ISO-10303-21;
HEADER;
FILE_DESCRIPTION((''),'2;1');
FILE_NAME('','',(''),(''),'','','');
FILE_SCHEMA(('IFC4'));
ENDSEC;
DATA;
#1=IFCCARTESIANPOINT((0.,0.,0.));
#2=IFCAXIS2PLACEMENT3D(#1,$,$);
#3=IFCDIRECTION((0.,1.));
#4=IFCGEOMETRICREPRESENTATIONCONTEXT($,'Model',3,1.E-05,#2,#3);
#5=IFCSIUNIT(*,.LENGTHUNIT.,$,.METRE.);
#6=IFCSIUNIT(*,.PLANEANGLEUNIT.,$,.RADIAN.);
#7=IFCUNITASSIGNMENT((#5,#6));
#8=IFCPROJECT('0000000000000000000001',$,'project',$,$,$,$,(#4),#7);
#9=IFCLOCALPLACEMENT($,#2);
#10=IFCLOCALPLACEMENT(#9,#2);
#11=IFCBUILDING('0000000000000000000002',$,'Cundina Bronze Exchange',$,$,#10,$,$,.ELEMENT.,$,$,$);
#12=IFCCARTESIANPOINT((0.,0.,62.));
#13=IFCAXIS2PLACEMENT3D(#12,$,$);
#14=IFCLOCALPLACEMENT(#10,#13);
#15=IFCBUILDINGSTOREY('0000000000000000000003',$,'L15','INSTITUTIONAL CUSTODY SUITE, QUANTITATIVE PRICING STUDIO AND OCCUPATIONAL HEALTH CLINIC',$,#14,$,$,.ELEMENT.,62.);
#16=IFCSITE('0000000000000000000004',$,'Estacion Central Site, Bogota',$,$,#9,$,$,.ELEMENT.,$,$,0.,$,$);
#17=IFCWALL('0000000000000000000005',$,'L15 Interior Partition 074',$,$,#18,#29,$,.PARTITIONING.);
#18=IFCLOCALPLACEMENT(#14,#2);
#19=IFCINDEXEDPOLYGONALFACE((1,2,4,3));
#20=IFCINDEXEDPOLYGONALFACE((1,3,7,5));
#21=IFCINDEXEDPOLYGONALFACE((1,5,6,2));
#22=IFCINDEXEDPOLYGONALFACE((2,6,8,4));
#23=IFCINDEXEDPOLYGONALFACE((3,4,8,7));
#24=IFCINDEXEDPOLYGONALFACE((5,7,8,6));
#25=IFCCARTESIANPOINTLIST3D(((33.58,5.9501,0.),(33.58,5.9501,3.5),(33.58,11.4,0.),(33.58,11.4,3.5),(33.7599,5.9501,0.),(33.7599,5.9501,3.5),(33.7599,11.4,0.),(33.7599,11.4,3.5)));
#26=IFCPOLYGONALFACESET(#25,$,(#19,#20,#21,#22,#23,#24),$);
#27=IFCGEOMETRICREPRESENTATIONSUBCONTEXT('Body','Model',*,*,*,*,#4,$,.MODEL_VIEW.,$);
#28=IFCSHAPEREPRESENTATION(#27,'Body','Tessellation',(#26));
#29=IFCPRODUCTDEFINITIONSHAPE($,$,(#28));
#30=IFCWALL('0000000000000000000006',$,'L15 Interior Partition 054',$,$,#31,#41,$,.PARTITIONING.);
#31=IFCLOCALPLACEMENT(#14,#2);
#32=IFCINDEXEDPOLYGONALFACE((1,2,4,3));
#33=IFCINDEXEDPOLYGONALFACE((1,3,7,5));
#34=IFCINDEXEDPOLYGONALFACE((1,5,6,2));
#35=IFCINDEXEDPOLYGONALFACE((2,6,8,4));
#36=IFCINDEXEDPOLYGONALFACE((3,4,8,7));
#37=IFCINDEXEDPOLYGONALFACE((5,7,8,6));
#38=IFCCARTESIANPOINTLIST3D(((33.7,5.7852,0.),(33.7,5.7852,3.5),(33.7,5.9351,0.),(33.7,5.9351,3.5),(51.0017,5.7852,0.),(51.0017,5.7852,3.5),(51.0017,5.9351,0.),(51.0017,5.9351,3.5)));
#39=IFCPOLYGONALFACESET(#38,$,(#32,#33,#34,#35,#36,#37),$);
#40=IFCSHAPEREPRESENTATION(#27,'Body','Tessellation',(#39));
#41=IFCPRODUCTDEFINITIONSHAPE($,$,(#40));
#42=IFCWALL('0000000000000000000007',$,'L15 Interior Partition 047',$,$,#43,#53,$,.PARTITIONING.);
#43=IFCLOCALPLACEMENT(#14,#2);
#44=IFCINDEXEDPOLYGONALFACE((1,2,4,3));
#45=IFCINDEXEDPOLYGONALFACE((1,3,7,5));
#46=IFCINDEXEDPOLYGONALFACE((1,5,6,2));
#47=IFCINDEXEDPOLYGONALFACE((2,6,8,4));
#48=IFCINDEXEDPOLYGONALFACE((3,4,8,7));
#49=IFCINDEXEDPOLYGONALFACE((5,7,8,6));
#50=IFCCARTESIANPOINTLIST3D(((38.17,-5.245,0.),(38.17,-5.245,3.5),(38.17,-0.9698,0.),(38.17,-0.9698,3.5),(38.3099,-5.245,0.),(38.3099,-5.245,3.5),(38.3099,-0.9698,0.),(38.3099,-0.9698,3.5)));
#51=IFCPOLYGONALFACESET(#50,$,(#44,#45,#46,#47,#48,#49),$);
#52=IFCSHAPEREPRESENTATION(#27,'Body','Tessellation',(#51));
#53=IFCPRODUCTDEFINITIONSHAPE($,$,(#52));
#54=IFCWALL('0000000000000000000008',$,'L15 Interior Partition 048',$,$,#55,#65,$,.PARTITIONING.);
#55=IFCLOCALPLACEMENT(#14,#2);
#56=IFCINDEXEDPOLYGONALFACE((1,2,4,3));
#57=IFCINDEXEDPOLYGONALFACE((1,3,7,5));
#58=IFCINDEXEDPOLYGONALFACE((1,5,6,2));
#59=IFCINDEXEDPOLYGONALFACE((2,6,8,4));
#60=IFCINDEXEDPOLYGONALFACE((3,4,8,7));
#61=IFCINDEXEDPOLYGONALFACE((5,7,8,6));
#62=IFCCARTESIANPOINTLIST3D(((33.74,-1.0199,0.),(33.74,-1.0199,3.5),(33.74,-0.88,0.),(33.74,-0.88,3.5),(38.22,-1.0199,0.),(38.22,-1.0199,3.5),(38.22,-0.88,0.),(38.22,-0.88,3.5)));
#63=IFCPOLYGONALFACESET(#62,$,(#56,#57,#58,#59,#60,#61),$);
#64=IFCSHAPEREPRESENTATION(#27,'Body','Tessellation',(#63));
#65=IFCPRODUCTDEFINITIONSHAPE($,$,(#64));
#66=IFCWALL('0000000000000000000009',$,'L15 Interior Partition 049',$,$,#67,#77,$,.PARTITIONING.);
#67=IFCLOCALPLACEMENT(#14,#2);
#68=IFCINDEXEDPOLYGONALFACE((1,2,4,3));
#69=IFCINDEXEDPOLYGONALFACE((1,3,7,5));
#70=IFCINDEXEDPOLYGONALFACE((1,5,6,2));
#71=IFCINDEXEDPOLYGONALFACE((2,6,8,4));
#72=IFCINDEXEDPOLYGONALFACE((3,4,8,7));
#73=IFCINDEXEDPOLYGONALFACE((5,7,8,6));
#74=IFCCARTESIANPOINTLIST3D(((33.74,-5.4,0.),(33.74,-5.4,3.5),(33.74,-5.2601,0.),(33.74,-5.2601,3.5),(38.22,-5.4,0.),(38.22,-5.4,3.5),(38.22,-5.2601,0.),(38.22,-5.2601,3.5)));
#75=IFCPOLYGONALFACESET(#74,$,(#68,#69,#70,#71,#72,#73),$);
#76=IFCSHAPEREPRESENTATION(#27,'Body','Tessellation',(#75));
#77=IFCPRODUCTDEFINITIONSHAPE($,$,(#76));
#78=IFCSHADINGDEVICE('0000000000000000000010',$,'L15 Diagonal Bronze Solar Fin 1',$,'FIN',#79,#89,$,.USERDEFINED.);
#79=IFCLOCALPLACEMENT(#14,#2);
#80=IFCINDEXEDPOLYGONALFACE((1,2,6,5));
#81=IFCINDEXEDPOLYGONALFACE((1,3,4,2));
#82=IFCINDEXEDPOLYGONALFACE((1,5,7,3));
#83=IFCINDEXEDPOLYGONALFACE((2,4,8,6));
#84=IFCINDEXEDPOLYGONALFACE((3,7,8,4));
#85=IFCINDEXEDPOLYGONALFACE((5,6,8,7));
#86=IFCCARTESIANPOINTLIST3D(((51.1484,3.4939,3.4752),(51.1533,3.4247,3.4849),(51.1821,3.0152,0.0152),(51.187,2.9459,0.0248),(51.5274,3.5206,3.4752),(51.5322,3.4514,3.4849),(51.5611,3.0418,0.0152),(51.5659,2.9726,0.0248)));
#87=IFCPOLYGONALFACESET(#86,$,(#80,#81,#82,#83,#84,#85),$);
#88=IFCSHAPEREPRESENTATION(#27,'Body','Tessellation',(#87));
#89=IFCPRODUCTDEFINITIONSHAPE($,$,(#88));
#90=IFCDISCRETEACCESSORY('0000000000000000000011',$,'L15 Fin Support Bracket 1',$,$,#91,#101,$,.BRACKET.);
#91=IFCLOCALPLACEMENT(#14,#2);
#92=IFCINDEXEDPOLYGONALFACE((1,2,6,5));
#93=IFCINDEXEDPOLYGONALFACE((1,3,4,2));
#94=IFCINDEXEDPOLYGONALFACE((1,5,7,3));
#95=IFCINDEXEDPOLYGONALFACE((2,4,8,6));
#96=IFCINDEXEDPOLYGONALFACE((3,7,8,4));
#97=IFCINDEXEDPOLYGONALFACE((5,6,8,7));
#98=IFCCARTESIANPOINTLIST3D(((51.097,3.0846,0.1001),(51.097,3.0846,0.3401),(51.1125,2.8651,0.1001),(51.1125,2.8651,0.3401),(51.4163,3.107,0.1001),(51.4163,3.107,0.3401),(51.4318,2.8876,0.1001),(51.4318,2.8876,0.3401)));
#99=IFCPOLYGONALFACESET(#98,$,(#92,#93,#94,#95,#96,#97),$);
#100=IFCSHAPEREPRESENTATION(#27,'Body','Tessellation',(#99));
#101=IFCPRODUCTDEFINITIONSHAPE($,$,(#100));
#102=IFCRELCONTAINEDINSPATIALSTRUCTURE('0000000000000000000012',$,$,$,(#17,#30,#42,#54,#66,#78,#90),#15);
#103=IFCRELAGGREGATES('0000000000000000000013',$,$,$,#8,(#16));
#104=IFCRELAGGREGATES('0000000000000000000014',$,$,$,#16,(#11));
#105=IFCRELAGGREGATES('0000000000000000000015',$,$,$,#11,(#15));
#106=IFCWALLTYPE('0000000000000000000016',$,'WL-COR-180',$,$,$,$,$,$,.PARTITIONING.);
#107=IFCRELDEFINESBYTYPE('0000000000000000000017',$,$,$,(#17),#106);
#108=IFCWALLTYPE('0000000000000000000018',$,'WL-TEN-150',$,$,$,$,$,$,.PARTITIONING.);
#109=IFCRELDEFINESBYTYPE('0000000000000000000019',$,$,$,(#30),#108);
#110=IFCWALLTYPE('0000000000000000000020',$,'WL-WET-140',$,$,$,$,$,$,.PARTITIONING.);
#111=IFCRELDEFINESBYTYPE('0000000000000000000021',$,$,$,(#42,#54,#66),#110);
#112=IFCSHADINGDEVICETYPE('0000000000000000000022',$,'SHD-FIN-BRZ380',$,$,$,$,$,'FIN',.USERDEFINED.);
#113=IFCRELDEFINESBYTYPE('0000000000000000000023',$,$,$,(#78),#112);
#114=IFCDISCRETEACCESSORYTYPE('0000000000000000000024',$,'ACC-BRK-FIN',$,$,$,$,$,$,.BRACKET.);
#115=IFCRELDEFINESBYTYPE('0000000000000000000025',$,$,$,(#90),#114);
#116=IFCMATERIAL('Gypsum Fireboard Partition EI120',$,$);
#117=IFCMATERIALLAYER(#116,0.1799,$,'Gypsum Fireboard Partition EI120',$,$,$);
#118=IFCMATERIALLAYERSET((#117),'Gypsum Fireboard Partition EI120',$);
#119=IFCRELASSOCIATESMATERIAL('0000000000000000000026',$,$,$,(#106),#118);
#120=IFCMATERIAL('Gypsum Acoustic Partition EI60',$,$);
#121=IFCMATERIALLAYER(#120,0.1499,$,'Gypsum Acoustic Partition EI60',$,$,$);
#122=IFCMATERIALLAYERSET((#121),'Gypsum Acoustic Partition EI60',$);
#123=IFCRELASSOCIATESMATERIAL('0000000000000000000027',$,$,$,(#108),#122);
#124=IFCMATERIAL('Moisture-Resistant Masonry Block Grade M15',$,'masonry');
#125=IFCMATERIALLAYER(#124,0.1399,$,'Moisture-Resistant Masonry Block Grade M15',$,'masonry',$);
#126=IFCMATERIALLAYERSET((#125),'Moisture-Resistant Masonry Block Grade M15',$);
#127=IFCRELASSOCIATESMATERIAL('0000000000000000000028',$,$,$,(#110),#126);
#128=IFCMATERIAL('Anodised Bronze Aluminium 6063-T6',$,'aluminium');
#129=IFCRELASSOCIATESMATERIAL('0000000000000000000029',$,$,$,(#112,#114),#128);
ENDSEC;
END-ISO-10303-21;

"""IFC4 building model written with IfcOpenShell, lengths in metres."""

from ifc_helpers import new_model, si_unit, direction, frame, frame_2d, origin, origin_2d, place, context, subcontext, project, spatial, rectangle, extrude, material, layer, layer_set, material_profile, profile_set, type_object, element, save


model = new_model("IFC4")

# Units and contexts
model_context = context("Model", 3, precision=1e-05, world=origin(), true_north=direction((0.0, 1.0)))
body_context = subcontext(model_context, "Body", "Model", "MODEL_VIEW")
ifc_project = project(units=[si_unit("LENGTHUNIT", "METRE"), si_unit("PLANEANGLEUNIT", "RADIAN")], contexts=[model_context])

# Site, building, storey
site_placement = place(None, origin())
site = spatial("IfcSite", under=ifc_project, at=site_placement, Name="Estacion Central Site, Bogota", CompositionType="ELEMENT", RefElevation=0.0)
building_placement = place(site_placement, origin())
building = spatial("IfcBuilding", under=site, at=building_placement, Name="Cundina Bronze Exchange", CompositionType="ELEMENT")
storey_placement = place(building_placement, frame((0.0, 0.0, 62.0)))
storey = spatial("IfcBuildingStorey", under=building, at=storey_placement, Name="L15", Description="INSTITUTIONAL CUSTODY SUITE, QUANTITATIVE PRICING STUDIO AND OCCUPATIONAL HEALTH CLINIC", CompositionType="ELEMENT", Elevation=62.0)

# Shared definitions
ifc_material_1 = material(Name="Anodised Bronze Aluminium 6063-T6", Category="aluminium")

# Shared definitions
ifc_material_2 = material(Name="Gypsum Fireboard Partition EI120")
ifc_layer_1 = layer(ifc_material_2, 0.1799, Name="Gypsum Fireboard Partition EI120")
ifc_layer_set_1 = layer_set([ifc_layer_1], Name="Gypsum Fireboard Partition EI120")
wall_type_1 = type_object("IfcWallType", Name="WL-COR-180", PredefinedType="PARTITIONING", material=ifc_layer_set_1)

# Walls
wall_1_placement = place(storey_placement, frame((33.6699, 5.95, 0.0), z_axis=(0.0, 0.0, 1.0), x_axis=(0.0, 1.0, 0.0)))
element("IfcWall", 1, at=wall_1_placement, inside=storey, type_object=wall_type_1, Name="L15 Interior Partition 074", PredefinedType="PARTITIONING", context=body_context, shape_type="SweptSolid", body=[
    extrude(rectangle(XDim=5.45, YDim=0.1799, at=frame_2d((2.7251, 0.0))), origin(), (0.0, 0.0, 1.0), 3.5),
])
ifc_material_3 = material(Name="Gypsum Acoustic Partition EI60")
ifc_layer_2 = layer(ifc_material_3, 0.1499, Name="Gypsum Acoustic Partition EI60")
ifc_layer_set_2 = layer_set([ifc_layer_2], Name="Gypsum Acoustic Partition EI60")
wall_type_2 = type_object("IfcWallType", Name="WL-TEN-150", PredefinedType="PARTITIONING", material=ifc_layer_set_2)
wall_2_placement = place(storey_placement, frame((33.7, 5.8601, 0.0), z_axis=(0.0, 0.0, 1.0), x_axis=(1.0, 0.0, 0.0)))
element("IfcWall", 2, at=wall_2_placement, inside=storey, type_object=wall_type_2, Name="L15 Interior Partition 054", PredefinedType="PARTITIONING", context=body_context, shape_type="SweptSolid", body=[
    extrude(rectangle(XDim=17.3018, YDim=0.1499, at=frame_2d((8.6509, 0.0))), origin(), (0.0, 0.0, 1.0), 3.5),
])
ifc_material_4 = material(Name="Moisture-Resistant Masonry Block Grade M15", Category="masonry")
ifc_layer_3 = layer(ifc_material_4, 0.1399, Name="Moisture-Resistant Masonry Block Grade M15", Category="masonry")
ifc_layer_set_3 = layer_set([ifc_layer_3], Name="Moisture-Resistant Masonry Block Grade M15")
wall_type_3 = type_object("IfcWallType", Name="WL-WET-140", PredefinedType="PARTITIONING", material=ifc_layer_set_3)
wall_3_placement = place(storey_placement, frame((38.24, -5.2451, 0.0), z_axis=(0.0, 0.0, 1.0), x_axis=(0.0, 1.0, 0.0)))
element("IfcWall", 3, at=wall_3_placement, inside=storey, type_object=wall_type_3, Name="L15 Interior Partition 047", PredefinedType="PARTITIONING", context=body_context, shape_type="SweptSolid", body=[
    extrude(rectangle(XDim=4.2751, YDim=0.1399, at=frame_2d((2.1377, 0.0))), origin(), (0.0, 0.0, 1.0), 3.5),
])
for number, where, z_axis, x_axis, name in (
    (4, (33.74, -0.95, 0.0), (0.0, 0.0, 1.0), (1.0, 0.0, 0.0), "L15 Interior Partition 048"),
    (5, (33.74, -5.3301, 0.0), (0.0, 0.0, 1.0), (1.0, 0.0, 0.0), "L15 Interior Partition 049"),
):
    element("IfcWall", number, at=place(storey_placement, frame(where, z_axis=z_axis, x_axis=x_axis)), inside=storey, type_object=wall_type_3, Name=name, PredefinedType="PARTITIONING", context=body_context, shape_type="SweptSolid", body=[
        extrude(rectangle(XDim=4.48, YDim=0.1399, at=frame_2d((2.24, 0.0))), origin(), (0.0, 0.0, 1.0), 3.5),
    ])

# Shading device
ifc_material_profile_1 = material_profile(ifc_material_1, rectangle(XDim=0.0701, YDim=0.3799, at=origin_2d()), Name="FIN70X380", Category="aluminium")
ifc_profile_set_1 = profile_set([ifc_material_profile_1], Name="Anodised Bronze Aluminium 6063-T6")
shading_device_type = type_object("IfcShadingDeviceType", Name="SHD-FIN-BRZ380", ElementType="FIN", PredefinedType="USERDEFINED", material=ifc_profile_set_1)
shading_device_placement = place(storey_placement, frame((51.374, 2.9939, 0.02), z_axis=(-0.009645, 0.137059, 0.990516), x_axis=(0.069533, -0.988072, 0.137398)))
element("IfcShadingDevice", 6, at=shading_device_placement, inside=storey, type_object=shading_device_type, Name="L15 Diagonal Bronze Solar Fin 1", ObjectType="FIN", PredefinedType="USERDEFINED", context=body_context, shape_type="SweptSolid", body=[
    extrude(rectangle(XDim=0.0701, YDim=0.3799, at=origin_2d()), origin(), (0.0, 0.0, 1.0), 3.4932),
])

# Discrete accessory
discrete_accessory_type = type_object("IfcDiscreteAccessoryType", Name="ACC-BRK-FIN", PredefinedType="BRACKET", material=ifc_material_1)
discrete_accessory_placement = place(storey_placement, frame((51.2644, 2.9861, 0.1001), z_axis=(0.0, 0.0, 1.0), x_axis=(-0.070279, 0.997527, 0.0)))
element("IfcDiscreteAccessory", 7, at=discrete_accessory_placement, inside=storey, type_object=discrete_accessory_type, Name="L15 Fin Support Bracket 1", PredefinedType="BRACKET", context=body_context, shape_type="SweptSolid", body=[
    extrude(rectangle(XDim=0.22, YDim=0.3201, at=origin_2d()), origin(), (0.0, 0.0, 1.0), 0.24),
])

save(model, "model.ifc")
